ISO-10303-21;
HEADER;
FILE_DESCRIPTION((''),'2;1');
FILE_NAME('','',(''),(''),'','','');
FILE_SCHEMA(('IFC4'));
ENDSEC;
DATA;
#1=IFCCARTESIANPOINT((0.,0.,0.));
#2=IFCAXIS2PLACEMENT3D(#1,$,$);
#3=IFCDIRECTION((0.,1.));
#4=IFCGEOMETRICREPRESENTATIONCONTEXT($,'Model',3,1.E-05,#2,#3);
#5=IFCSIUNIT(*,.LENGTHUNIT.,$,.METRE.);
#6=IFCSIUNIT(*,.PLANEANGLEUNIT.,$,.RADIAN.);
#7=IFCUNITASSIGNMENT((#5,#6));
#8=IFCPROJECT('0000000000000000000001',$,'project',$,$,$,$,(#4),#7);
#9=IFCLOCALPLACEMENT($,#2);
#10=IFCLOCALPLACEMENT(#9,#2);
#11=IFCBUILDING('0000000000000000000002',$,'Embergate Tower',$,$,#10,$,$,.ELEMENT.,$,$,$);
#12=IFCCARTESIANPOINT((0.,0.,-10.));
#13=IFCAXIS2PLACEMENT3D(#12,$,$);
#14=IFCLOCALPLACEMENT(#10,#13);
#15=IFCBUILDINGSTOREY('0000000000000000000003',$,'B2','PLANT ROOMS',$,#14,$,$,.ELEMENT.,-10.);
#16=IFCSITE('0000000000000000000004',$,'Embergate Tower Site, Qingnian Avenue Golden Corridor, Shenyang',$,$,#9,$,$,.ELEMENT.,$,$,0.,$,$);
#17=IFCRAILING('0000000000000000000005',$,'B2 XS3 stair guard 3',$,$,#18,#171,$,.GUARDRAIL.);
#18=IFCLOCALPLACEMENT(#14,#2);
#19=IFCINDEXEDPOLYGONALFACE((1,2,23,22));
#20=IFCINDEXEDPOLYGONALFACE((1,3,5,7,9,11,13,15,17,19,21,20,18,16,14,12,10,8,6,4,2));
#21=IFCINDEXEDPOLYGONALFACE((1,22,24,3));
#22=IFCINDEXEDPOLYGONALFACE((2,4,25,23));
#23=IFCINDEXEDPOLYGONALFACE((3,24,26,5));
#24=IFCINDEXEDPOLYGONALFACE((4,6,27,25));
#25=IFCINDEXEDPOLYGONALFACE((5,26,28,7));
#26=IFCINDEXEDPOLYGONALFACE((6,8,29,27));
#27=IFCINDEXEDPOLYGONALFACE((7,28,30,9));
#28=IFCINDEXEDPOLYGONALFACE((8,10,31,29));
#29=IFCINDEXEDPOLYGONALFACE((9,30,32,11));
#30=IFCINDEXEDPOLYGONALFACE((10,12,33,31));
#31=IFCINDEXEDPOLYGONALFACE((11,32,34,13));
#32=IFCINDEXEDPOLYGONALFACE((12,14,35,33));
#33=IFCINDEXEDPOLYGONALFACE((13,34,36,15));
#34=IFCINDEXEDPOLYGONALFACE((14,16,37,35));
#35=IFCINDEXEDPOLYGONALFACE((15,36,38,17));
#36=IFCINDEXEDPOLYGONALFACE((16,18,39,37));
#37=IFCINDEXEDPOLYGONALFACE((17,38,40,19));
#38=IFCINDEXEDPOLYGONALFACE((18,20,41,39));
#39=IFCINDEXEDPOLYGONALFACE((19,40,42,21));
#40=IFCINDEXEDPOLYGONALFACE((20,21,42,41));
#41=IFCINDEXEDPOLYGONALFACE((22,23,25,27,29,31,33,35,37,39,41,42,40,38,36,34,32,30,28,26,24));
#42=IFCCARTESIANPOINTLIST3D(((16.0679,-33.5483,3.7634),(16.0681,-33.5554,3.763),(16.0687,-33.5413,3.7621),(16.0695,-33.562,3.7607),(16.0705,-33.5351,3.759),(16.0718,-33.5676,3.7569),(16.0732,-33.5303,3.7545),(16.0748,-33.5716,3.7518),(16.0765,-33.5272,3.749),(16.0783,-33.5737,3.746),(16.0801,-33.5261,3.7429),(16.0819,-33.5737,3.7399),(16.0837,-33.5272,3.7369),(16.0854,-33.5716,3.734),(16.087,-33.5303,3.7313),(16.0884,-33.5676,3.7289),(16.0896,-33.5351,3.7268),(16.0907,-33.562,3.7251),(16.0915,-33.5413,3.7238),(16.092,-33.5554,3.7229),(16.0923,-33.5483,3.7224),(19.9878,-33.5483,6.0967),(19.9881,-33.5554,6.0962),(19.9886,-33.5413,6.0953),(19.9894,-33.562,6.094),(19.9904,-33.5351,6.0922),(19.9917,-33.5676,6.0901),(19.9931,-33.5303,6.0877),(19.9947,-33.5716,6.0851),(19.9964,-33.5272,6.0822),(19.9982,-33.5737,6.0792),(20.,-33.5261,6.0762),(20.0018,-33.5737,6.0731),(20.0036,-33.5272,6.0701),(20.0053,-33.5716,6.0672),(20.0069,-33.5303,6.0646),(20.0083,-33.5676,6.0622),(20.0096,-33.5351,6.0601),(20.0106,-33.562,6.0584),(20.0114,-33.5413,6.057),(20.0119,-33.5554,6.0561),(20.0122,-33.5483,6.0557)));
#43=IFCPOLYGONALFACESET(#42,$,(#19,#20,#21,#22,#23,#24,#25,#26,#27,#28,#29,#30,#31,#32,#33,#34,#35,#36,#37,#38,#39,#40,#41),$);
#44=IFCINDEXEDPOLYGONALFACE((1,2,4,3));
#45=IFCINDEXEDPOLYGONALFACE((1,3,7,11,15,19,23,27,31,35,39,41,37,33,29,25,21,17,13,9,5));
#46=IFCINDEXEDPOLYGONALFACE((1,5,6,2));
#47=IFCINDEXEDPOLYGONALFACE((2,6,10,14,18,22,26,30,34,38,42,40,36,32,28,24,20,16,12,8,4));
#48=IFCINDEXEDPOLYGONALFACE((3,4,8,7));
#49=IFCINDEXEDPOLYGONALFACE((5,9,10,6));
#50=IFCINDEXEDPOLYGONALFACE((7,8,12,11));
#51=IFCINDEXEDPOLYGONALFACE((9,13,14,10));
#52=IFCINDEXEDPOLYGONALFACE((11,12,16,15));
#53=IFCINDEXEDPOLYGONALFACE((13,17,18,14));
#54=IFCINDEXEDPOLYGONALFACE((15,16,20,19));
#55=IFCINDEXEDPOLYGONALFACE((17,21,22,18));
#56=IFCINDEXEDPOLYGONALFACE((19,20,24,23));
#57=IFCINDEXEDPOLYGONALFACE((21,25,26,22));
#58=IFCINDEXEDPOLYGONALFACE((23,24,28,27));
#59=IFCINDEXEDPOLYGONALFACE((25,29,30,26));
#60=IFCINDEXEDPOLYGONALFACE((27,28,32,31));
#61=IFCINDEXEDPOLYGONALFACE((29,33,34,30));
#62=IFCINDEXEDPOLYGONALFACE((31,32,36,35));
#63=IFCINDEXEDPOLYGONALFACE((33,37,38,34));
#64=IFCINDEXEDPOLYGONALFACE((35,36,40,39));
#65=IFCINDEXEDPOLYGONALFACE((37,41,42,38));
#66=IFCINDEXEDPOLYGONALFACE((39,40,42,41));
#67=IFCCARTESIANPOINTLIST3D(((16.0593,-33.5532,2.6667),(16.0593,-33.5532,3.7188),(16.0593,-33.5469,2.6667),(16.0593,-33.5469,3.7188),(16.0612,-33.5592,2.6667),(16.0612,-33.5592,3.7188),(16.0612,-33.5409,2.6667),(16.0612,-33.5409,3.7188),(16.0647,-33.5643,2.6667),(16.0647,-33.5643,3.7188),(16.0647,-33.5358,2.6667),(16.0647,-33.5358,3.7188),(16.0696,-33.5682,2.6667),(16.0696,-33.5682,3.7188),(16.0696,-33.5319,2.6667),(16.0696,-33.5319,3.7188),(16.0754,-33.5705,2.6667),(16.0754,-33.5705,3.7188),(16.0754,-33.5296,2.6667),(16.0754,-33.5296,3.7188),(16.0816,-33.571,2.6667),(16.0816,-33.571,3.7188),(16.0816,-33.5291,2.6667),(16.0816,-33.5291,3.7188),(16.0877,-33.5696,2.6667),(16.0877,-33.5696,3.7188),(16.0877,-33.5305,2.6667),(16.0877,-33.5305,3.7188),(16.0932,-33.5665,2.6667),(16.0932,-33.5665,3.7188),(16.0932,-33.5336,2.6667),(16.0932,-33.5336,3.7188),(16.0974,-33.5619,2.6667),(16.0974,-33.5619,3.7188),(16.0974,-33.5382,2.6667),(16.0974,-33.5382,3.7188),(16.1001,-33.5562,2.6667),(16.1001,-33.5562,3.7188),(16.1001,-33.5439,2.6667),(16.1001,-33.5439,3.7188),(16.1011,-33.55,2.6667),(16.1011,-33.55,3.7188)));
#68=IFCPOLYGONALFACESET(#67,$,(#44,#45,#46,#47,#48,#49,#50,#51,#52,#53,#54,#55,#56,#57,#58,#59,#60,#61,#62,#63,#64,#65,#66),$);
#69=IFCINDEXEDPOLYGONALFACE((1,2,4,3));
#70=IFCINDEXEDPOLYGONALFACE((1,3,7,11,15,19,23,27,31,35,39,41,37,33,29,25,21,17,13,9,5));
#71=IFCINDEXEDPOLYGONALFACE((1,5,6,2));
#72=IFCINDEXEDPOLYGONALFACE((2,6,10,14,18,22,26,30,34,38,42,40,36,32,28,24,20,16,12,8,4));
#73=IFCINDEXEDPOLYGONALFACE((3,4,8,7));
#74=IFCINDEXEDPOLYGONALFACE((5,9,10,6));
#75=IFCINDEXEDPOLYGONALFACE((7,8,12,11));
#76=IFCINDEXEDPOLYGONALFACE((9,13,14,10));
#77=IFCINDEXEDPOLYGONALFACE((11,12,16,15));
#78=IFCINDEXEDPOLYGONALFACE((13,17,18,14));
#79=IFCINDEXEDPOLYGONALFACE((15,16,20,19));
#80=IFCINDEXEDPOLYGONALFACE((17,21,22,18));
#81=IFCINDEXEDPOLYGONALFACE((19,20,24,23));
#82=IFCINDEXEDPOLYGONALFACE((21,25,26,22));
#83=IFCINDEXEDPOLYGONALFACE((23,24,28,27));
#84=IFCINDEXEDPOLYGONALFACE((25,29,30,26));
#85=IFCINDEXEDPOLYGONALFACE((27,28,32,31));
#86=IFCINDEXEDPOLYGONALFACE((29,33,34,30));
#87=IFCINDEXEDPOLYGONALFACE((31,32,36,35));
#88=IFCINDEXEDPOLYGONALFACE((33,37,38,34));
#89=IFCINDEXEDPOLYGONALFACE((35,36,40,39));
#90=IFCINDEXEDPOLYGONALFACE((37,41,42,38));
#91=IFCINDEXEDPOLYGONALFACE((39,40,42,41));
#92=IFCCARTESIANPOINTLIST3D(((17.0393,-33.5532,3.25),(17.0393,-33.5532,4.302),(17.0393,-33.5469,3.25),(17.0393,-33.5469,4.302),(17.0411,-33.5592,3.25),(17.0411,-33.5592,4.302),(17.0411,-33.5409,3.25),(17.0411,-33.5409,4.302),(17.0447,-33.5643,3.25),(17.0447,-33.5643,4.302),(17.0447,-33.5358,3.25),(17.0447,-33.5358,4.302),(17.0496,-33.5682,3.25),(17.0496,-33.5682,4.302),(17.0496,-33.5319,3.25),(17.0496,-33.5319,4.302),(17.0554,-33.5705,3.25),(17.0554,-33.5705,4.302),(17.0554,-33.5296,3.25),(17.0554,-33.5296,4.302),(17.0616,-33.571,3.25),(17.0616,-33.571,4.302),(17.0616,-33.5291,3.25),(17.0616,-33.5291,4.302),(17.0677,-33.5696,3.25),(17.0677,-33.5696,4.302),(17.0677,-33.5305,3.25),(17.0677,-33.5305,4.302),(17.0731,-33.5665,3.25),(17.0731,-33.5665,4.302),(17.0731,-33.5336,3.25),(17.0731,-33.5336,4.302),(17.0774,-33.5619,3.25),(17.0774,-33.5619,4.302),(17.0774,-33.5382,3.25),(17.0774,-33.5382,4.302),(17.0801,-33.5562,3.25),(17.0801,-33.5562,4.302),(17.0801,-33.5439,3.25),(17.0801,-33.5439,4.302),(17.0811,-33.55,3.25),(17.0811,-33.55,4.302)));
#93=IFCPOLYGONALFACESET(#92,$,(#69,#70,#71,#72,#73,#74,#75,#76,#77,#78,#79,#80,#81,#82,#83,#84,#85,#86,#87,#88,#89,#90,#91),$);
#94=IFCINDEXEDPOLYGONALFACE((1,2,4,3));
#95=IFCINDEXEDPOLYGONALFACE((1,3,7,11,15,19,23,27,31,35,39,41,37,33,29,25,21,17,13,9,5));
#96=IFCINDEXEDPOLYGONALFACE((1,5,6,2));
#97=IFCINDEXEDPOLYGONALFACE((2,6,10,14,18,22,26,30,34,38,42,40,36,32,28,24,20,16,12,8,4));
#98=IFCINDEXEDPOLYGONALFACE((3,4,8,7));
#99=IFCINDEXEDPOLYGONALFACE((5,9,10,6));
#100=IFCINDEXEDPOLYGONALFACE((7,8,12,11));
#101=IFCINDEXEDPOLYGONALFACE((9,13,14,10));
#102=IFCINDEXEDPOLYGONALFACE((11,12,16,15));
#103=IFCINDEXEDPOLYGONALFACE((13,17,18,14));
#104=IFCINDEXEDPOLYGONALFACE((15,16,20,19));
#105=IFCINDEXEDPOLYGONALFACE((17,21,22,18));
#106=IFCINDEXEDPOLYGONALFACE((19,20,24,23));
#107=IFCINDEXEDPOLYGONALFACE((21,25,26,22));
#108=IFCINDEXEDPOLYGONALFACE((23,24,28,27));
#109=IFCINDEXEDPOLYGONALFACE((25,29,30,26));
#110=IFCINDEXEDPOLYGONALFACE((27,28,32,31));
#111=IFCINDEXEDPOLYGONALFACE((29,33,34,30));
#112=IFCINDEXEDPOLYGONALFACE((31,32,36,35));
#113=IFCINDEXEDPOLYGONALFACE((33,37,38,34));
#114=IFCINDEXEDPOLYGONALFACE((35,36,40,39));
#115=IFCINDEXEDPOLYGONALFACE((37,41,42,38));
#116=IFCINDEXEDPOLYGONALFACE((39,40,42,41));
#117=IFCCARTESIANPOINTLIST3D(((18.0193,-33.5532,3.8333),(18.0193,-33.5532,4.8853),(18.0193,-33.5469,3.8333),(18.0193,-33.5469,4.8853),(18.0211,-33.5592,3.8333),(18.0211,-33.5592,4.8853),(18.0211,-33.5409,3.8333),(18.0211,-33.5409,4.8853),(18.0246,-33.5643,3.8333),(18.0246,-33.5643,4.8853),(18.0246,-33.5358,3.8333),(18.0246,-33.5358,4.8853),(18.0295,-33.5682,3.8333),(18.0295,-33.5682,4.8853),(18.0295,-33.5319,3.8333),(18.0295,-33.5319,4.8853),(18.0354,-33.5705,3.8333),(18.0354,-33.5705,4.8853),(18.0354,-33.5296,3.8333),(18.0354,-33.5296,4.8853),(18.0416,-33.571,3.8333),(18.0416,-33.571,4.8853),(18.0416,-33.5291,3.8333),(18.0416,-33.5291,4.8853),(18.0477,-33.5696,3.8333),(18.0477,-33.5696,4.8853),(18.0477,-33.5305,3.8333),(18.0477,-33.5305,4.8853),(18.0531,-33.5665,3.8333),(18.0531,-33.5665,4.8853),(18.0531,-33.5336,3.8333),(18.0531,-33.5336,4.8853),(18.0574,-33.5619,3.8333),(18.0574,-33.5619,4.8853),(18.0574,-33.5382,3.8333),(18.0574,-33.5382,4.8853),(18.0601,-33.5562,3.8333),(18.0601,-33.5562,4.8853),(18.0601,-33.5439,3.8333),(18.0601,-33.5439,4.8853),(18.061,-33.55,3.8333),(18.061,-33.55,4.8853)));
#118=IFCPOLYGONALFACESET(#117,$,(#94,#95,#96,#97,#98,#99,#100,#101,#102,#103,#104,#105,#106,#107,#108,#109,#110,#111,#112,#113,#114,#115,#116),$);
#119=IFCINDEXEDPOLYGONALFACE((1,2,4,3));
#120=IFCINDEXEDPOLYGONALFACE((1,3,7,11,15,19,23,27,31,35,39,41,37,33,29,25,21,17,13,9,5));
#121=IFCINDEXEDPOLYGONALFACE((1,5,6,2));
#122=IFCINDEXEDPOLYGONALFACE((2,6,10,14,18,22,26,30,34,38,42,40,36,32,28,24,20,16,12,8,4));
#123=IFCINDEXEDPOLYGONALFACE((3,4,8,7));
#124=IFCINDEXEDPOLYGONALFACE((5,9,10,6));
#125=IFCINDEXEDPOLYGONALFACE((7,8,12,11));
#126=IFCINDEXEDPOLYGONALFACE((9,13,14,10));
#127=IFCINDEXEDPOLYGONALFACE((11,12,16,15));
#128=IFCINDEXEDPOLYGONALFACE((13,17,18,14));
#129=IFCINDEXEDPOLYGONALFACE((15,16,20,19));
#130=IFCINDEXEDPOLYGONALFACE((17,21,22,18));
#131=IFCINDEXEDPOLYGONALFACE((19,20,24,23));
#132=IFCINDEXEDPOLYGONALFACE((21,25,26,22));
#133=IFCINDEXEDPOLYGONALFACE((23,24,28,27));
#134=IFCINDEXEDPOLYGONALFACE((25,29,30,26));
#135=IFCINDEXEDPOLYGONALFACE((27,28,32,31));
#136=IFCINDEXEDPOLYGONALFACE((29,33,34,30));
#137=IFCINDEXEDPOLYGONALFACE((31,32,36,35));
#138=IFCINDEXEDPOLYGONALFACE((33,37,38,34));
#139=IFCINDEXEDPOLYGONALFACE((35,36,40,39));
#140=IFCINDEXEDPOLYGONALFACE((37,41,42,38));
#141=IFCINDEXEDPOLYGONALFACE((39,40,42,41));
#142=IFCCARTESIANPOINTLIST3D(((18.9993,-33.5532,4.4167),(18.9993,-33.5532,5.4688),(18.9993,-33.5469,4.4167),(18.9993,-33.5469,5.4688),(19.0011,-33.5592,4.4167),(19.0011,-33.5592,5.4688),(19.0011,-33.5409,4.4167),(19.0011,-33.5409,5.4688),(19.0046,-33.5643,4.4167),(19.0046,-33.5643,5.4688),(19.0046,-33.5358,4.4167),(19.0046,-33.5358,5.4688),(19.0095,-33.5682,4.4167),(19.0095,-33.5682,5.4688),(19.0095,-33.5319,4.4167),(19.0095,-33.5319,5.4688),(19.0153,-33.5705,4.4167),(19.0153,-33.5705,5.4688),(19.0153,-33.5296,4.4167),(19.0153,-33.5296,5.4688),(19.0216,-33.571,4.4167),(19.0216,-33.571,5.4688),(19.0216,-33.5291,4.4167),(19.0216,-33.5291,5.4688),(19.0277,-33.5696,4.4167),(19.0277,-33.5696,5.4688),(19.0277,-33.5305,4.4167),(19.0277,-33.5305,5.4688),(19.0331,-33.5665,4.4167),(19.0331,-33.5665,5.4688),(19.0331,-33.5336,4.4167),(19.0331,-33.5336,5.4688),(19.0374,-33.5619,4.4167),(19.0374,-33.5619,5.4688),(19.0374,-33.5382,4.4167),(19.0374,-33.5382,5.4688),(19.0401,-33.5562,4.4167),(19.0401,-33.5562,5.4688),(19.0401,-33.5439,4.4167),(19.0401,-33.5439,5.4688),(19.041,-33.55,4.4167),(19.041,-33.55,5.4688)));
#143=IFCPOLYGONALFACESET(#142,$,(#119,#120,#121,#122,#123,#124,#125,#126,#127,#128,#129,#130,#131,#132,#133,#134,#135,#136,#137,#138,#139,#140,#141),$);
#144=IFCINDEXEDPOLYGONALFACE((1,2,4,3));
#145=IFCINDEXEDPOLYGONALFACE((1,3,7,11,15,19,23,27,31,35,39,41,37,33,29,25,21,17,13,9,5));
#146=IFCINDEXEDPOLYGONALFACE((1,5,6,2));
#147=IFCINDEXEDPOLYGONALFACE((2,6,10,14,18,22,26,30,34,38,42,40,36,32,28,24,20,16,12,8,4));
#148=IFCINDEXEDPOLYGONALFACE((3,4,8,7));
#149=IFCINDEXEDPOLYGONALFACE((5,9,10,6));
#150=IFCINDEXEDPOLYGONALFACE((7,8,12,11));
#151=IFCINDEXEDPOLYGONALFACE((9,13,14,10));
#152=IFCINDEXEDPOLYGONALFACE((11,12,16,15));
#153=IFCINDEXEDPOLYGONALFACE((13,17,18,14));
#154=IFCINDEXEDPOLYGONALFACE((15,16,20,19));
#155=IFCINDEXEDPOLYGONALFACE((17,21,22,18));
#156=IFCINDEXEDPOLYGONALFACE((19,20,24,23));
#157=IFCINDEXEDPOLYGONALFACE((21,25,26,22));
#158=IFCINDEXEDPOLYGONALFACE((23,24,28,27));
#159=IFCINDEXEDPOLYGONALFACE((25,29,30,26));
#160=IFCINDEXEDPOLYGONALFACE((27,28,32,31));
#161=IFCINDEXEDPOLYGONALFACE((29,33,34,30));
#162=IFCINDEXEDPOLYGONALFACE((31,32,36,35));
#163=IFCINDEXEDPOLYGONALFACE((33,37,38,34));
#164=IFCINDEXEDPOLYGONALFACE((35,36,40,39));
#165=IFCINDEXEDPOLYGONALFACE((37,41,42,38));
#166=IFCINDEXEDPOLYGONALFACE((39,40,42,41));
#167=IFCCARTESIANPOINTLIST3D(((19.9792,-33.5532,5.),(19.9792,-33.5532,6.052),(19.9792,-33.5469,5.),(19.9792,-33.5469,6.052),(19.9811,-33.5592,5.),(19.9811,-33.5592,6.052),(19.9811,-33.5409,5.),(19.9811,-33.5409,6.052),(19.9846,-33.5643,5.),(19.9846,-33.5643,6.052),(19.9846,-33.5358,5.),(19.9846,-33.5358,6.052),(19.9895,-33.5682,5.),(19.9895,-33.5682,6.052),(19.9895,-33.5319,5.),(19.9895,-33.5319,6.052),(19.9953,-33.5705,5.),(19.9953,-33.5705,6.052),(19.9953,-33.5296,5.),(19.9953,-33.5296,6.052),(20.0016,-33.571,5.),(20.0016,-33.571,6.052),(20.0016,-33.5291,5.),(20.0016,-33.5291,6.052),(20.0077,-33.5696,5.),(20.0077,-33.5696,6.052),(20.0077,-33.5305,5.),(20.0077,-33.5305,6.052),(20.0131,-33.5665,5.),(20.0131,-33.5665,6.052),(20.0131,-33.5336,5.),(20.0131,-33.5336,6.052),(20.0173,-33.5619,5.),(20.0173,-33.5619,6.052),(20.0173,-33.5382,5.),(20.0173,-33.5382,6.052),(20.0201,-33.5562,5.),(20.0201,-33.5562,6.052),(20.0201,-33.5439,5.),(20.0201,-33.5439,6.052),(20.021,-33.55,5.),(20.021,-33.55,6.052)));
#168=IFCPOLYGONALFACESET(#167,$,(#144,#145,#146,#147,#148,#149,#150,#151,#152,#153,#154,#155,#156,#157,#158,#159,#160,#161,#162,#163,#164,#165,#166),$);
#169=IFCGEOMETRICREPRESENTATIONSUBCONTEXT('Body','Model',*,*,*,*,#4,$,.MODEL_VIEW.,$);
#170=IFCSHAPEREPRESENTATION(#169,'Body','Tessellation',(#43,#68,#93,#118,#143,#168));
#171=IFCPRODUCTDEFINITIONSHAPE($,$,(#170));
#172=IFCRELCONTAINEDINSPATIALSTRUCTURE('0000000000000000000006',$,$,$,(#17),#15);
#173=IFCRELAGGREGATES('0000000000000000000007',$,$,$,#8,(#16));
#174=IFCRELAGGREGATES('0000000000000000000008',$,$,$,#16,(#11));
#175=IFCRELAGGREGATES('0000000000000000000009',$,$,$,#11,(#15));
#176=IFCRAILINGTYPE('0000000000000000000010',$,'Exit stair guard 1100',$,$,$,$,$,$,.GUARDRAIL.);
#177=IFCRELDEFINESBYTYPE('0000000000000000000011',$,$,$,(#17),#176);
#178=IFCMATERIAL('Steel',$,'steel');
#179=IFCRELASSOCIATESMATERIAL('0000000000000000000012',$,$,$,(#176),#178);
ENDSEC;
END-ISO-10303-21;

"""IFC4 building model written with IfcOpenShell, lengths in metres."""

from ifc_helpers import new_model, si_unit, direction, frame, origin, origin_2d, place, context, subcontext, project, spatial, circle, extrude, source, transform, mapped, material, type_object, element, save


model = new_model("IFC4")

# Units and contexts
model_context = context("Model", 3, precision=1e-05, world=origin(), true_north=direction((0.0, 1.0)))
body_context = subcontext(model_context, "Body", "Model", "MODEL_VIEW")
ifc_project = project(units=[si_unit("LENGTHUNIT", "METRE"), si_unit("PLANEANGLEUNIT", "RADIAN")], contexts=[model_context])

# Site, building, storey
site_placement = place(None, origin())
site = spatial("IfcSite", under=ifc_project, at=site_placement, Name="Embergate Tower Site, Qingnian Avenue Golden Corridor, Shenyang", CompositionType="ELEMENT", RefElevation=0.0)
building_placement = place(site_placement, origin())
building = spatial("IfcBuilding", under=site, at=building_placement, Name="Embergate Tower", CompositionType="ELEMENT")
storey_placement = place(building_placement, frame((0.0, 0.0, -10.0)))
storey = spatial("IfcBuildingStorey", under=building, at=storey_placement, Name="B2", Description="PLANT ROOMS", CompositionType="ELEMENT", Elevation=-10.0)

# Railing
ifc_material_1 = material(Name="Steel", Category="steel")
railing_type_1 = type_object("IfcRailingType", Name="Exit stair guard 1100", PredefinedType="GUARDRAIL", material=ifc_material_1)
shared_shape_1 = source(origin(), body_context, "Body", "SweptSolid", [
    extrude(circle(Radius=0.0239, at=origin_2d()), frame((0.0, 0.0, 1.0762), z_axis=(0.859296, 0.0, 0.511478), x_axis=(0.0, 1.0, 0.0)), (0.0, 0.0, 1.0), 4.5618),
    extrude(circle(Radius=0.021, at=origin_2d()), origin(), (0.0, 0.0, 1.0), 1.052),
    extrude(circle(Radius=0.021, at=origin_2d()), frame((0.98, 0.0, 0.5833)), (0.0, 0.0, 1.0), 1.052),
    extrude(circle(Radius=0.021, at=origin_2d()), frame((1.96, 0.0, 1.1665)), (0.0, 0.0, 1.0), 1.052),
    extrude(circle(Radius=0.021, at=origin_2d()), frame((2.9399, 0.0, 1.75)), (0.0, 0.0, 1.0), 1.052),
    extrude(circle(Radius=0.021, at=origin_2d()), frame((3.9199, 0.0, 2.3333)), (0.0, 0.0, 1.0), 1.052),
])
railing_1_placement = place(storey_placement, frame((16.0801, -33.55, 2.6667)))
element("IfcRailing", 1, at=railing_1_placement, inside=storey, type_object=railing_type_1, Name="B2 XS3 stair guard 3", PredefinedType="GUARDRAIL", context=body_context, shape_type="MappedRepresentation", body=[
    mapped(shared_shape_1, transform((0.0, 0.0, 0.0))),
])

save(model, "model.ifc")
